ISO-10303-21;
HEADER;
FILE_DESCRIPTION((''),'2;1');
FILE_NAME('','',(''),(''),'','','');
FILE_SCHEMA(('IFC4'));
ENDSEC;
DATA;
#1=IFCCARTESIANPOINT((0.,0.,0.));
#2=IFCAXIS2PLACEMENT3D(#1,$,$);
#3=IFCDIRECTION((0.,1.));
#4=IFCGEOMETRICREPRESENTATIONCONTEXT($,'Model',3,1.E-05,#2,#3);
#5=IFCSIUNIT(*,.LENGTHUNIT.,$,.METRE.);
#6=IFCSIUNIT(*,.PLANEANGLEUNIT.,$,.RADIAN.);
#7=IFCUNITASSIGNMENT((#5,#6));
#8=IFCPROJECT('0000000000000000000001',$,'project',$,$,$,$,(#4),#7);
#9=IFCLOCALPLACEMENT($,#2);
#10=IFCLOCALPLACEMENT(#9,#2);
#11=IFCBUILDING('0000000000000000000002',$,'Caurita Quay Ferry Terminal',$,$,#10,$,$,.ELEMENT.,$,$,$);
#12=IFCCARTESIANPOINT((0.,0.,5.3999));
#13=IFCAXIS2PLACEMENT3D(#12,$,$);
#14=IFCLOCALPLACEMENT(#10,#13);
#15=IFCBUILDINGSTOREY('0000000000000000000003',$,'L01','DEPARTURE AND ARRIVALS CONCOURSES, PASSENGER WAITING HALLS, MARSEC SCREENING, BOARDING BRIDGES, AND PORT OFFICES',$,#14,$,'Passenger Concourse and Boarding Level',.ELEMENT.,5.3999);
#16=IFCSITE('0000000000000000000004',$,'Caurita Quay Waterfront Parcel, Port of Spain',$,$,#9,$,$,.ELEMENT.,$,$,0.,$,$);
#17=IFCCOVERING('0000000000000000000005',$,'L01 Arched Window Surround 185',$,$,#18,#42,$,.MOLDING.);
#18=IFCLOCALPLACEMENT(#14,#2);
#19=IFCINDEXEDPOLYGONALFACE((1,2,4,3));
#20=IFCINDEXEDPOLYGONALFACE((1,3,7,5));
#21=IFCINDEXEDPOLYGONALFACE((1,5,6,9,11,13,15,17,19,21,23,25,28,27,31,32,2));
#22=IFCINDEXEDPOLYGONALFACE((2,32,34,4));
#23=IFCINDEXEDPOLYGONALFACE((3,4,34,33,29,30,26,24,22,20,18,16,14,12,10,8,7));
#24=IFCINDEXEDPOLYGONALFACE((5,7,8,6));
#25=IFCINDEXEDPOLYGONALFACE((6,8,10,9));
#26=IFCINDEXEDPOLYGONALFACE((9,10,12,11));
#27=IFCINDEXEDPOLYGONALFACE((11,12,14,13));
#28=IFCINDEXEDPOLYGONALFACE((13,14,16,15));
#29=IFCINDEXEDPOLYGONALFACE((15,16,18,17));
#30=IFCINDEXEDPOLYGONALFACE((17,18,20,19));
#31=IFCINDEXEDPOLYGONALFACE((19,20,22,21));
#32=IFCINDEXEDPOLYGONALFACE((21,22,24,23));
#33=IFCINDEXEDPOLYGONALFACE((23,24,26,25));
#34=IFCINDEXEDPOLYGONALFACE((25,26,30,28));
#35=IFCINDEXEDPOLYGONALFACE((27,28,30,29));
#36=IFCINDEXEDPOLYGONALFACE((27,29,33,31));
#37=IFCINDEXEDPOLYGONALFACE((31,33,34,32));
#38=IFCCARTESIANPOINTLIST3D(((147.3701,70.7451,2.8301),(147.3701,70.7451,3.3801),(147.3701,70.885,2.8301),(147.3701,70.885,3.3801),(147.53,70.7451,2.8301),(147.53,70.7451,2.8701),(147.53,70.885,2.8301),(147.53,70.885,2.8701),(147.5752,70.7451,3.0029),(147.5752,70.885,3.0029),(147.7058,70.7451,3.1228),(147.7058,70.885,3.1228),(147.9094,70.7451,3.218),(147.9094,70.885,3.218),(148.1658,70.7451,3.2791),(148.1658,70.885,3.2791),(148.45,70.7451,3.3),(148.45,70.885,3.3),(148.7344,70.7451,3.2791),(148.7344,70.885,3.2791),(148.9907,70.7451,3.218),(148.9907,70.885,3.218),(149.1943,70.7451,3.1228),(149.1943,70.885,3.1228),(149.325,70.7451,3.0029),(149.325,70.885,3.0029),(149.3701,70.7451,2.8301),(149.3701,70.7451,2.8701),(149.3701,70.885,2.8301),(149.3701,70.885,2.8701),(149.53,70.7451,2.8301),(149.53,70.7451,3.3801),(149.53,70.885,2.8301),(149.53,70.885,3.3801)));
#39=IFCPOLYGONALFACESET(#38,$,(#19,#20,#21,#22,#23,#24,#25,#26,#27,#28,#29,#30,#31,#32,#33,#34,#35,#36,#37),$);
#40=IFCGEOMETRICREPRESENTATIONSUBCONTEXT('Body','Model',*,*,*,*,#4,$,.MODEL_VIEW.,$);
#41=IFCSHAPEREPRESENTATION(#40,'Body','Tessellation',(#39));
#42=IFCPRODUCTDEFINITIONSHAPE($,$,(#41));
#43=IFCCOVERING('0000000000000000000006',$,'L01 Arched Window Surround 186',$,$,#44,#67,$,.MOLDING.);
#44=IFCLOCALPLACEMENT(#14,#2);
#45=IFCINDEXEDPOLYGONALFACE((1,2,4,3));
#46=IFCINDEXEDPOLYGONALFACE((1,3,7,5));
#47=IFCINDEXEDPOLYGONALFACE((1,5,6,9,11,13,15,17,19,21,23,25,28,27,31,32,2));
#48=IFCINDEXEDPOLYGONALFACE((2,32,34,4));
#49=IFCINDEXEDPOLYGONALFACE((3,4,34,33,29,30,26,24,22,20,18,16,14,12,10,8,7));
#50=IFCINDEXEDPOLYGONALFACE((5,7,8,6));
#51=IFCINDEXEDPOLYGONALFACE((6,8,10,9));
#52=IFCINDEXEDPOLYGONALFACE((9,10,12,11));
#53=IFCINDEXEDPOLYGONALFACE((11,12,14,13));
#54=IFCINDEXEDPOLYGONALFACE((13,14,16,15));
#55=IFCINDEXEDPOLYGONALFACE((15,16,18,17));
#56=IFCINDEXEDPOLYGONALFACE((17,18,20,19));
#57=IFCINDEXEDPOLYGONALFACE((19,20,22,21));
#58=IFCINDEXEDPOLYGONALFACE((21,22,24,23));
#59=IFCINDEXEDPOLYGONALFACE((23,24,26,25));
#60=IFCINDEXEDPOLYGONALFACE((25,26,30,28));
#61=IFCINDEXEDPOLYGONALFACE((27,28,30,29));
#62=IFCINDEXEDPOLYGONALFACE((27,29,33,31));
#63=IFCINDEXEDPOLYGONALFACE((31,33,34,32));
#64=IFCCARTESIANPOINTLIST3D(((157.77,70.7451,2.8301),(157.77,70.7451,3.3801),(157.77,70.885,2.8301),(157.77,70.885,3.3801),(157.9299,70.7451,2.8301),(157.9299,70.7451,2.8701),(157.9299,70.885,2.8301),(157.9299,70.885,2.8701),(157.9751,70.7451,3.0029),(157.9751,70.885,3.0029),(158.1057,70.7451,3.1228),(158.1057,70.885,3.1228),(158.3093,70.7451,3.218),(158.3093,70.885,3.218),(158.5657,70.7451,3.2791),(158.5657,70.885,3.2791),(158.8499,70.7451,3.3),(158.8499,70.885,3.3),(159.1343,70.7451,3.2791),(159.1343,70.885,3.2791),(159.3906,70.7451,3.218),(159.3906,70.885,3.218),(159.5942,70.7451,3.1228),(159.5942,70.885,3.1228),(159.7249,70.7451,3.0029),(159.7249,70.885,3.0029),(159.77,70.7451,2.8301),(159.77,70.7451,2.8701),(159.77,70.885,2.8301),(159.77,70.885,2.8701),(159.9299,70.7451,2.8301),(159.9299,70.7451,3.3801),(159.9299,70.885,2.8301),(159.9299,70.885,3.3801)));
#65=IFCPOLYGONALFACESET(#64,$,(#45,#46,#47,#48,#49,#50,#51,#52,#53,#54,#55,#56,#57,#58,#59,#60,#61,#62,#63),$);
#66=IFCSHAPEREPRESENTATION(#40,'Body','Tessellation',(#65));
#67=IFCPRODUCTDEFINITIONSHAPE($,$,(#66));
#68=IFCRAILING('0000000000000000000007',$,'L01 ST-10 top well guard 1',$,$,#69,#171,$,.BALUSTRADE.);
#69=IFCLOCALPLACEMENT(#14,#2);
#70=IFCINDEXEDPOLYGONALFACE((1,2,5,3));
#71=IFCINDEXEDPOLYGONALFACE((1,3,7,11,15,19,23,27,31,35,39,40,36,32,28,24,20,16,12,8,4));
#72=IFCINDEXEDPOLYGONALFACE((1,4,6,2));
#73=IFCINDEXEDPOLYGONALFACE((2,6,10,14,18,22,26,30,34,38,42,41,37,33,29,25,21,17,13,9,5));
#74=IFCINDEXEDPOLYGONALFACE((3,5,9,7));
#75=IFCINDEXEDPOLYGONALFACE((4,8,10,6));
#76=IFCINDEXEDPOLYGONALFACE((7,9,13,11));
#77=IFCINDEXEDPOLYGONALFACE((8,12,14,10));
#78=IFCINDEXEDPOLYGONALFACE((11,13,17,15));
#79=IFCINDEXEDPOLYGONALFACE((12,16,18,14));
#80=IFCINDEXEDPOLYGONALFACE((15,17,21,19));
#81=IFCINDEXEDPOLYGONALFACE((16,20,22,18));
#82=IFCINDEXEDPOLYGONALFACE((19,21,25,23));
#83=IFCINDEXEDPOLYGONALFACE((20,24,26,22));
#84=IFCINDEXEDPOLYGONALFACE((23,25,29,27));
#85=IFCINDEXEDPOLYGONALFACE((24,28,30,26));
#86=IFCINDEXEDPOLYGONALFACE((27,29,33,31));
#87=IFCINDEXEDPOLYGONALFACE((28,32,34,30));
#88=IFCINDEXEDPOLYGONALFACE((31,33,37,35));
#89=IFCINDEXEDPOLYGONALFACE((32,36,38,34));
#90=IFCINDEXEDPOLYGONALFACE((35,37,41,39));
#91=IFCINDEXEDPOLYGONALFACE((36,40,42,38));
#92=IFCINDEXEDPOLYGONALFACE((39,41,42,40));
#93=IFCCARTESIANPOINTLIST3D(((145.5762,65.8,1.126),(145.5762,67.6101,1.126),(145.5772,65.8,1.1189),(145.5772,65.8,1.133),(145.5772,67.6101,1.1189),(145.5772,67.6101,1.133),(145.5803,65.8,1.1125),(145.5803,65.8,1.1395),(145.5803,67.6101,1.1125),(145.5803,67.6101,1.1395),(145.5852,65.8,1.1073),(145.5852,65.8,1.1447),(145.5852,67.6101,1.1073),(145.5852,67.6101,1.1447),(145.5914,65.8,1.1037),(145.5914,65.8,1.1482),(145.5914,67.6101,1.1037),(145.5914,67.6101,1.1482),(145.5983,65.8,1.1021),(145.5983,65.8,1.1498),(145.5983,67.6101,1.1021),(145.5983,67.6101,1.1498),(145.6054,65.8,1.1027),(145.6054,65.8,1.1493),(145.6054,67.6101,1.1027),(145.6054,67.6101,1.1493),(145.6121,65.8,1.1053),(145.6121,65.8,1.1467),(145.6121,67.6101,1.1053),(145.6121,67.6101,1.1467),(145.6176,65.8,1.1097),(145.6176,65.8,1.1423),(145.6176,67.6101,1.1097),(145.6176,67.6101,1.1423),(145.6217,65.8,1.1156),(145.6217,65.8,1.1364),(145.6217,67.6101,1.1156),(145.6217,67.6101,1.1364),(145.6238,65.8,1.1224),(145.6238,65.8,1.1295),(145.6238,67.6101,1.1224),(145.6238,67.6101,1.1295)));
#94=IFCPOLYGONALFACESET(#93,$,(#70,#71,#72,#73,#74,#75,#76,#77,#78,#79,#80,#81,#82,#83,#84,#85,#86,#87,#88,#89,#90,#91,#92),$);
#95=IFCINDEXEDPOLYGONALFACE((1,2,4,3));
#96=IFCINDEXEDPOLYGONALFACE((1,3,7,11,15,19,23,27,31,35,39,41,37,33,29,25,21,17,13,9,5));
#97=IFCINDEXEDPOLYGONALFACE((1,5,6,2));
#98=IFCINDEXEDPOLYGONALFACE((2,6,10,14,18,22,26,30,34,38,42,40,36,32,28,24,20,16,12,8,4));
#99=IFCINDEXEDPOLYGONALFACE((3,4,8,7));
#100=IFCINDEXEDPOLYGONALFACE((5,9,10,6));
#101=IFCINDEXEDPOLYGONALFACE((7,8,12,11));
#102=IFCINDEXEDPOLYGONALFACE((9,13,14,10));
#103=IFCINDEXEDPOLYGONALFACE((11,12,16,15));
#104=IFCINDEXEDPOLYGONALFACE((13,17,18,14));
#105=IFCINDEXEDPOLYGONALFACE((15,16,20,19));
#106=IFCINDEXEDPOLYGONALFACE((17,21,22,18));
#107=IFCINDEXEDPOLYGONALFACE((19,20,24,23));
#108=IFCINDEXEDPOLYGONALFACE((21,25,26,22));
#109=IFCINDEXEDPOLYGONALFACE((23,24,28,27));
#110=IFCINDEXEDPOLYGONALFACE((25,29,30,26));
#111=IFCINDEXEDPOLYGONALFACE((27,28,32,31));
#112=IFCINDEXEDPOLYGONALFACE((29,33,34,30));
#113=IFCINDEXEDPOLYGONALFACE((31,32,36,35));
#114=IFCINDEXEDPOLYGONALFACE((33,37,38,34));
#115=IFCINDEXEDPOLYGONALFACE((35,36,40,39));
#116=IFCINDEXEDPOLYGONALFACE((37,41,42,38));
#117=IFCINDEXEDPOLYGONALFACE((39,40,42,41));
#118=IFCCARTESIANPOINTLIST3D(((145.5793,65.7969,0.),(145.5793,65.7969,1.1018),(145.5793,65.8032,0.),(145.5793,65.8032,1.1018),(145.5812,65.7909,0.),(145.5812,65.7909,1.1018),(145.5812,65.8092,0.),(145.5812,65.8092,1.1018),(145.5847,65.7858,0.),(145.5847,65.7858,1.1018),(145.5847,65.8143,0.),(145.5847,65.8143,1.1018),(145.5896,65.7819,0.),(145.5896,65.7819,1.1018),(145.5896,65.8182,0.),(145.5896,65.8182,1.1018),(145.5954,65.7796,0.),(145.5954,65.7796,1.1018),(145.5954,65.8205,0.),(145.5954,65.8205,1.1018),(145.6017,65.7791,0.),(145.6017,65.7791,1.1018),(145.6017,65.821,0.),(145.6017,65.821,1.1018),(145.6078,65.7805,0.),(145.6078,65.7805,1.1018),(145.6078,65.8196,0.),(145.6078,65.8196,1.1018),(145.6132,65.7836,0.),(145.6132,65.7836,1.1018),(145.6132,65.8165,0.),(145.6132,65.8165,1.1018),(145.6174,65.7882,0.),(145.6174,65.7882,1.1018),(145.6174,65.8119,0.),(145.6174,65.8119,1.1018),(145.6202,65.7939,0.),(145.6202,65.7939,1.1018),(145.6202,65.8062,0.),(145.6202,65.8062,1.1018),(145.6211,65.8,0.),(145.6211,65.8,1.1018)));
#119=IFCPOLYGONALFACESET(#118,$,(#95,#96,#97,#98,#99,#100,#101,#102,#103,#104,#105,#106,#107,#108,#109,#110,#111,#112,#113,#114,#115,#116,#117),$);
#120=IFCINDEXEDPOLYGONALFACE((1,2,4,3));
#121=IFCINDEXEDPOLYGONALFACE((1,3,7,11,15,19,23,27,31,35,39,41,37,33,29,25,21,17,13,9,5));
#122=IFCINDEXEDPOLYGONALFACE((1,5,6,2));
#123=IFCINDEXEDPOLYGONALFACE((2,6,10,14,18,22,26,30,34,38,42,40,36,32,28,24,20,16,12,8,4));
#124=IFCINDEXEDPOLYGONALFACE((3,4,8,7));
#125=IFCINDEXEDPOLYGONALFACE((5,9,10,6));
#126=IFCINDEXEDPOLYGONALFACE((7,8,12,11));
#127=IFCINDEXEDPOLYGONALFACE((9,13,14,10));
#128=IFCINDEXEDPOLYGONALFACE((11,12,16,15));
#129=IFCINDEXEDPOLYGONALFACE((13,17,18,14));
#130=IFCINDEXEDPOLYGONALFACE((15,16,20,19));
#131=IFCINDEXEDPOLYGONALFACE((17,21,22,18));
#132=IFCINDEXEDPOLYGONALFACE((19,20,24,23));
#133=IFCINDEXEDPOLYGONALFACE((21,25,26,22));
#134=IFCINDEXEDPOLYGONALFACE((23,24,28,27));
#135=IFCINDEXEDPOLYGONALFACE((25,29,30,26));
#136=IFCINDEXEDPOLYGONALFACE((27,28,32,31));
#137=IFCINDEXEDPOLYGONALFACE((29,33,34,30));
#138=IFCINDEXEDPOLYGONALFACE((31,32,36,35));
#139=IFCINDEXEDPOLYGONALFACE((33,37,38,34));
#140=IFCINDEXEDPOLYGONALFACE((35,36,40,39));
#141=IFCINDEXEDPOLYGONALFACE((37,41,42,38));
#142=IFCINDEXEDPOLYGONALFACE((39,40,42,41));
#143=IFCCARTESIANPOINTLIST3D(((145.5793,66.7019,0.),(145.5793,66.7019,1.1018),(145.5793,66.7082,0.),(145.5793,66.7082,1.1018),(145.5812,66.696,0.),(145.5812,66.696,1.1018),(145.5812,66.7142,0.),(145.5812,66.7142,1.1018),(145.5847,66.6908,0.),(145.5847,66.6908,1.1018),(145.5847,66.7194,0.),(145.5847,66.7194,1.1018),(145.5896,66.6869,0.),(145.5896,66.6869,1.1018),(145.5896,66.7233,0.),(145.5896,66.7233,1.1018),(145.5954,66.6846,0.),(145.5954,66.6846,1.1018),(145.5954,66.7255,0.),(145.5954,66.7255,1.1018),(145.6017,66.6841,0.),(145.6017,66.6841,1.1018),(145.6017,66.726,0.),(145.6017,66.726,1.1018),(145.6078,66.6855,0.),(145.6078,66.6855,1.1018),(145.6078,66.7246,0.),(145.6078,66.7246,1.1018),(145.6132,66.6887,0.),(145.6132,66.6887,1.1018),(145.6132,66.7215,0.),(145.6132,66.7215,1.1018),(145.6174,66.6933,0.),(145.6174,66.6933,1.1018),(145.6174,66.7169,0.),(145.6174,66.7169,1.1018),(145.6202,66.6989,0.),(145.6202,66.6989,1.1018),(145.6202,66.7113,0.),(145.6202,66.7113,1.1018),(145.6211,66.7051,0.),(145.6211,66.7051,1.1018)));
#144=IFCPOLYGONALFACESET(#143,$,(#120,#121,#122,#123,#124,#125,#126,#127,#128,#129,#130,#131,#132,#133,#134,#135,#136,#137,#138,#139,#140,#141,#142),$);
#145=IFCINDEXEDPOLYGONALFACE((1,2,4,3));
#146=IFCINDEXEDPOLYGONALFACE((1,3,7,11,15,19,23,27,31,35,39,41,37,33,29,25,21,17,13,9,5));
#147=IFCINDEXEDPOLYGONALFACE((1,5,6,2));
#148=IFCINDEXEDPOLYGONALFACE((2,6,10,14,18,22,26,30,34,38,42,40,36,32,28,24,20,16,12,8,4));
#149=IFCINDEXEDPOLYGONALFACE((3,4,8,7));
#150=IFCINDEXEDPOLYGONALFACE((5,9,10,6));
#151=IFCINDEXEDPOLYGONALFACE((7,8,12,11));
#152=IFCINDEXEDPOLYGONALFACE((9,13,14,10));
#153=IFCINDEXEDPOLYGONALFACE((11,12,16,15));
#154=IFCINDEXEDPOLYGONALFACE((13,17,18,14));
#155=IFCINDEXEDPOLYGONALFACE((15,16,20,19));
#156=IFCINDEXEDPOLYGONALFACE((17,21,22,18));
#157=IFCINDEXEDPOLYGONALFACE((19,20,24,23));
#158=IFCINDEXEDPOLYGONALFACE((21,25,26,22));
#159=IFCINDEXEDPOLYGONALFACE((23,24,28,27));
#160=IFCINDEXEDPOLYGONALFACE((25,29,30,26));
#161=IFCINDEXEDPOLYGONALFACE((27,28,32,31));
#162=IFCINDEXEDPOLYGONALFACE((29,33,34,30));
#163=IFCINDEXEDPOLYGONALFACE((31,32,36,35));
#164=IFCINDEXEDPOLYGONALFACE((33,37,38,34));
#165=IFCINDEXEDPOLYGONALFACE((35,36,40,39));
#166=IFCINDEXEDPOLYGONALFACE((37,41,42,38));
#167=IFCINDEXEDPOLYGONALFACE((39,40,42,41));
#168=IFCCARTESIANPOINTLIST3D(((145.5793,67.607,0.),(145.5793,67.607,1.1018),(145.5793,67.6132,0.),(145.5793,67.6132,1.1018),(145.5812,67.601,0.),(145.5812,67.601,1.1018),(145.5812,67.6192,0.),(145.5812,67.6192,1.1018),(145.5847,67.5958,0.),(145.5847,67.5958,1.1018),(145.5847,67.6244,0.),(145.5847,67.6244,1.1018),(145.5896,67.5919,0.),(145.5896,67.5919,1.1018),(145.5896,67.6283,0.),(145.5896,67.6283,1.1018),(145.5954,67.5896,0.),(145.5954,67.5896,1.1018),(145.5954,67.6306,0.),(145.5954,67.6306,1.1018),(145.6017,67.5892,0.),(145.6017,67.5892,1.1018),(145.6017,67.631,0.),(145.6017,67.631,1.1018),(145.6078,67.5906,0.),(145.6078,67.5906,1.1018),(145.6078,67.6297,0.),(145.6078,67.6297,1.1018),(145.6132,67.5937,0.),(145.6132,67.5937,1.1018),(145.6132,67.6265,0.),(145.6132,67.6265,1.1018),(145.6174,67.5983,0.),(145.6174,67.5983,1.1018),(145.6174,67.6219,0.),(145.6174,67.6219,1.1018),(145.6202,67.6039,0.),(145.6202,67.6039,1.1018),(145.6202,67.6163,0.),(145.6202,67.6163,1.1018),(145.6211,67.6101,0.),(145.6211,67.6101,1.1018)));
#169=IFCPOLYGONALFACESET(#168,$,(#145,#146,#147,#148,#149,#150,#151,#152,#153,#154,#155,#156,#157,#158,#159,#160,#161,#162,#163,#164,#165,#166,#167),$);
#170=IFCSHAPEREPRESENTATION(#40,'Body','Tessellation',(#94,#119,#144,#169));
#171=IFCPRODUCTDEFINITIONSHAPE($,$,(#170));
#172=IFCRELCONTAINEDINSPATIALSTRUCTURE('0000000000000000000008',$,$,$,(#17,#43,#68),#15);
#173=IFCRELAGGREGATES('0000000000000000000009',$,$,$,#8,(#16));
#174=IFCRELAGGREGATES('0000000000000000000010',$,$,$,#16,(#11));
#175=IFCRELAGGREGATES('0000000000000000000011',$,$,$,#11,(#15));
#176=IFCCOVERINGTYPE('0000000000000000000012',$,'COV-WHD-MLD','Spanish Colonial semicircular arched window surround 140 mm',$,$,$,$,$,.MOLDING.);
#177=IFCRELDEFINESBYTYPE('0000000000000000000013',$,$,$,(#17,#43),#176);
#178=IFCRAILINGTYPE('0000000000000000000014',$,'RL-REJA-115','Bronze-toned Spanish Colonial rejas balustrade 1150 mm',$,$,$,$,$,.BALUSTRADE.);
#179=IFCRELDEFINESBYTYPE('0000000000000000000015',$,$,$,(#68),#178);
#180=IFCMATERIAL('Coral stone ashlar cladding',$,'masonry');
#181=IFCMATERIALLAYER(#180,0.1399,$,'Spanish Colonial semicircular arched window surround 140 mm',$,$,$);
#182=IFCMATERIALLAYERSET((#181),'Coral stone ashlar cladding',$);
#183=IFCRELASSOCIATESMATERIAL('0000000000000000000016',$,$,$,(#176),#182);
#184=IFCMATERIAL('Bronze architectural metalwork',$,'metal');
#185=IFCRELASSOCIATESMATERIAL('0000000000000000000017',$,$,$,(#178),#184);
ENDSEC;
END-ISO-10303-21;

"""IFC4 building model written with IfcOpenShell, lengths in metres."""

from ifc_helpers import new_model, si_unit, direction, frame, origin, origin_2d, place, context, subcontext, project, spatial, polyline, circle, outline, extrude, material, layer, layer_set, type_object, element, save


model = new_model("IFC4")

# Units and contexts
model_context = context("Model", 3, precision=1e-05, world=origin(), true_north=direction((0.0, 1.0)))
body_context = subcontext(model_context, "Body", "Model", "MODEL_VIEW")
ifc_project = project(units=[si_unit("LENGTHUNIT", "METRE"), si_unit("PLANEANGLEUNIT", "RADIAN")], contexts=[model_context])

# Site, building, storey
site_placement = place(None, origin())
site = spatial("IfcSite", under=ifc_project, at=site_placement, Name="Caurita Quay Waterfront Parcel, Port of Spain", CompositionType="ELEMENT", RefElevation=0.0)
building_placement = place(site_placement, origin())
building = spatial("IfcBuilding", under=site, at=building_placement, Name="Caurita Quay Ferry Terminal", CompositionType="ELEMENT")
storey_placement = place(building_placement, frame((0.0, 0.0, 5.3999)))
storey = spatial("IfcBuildingStorey", under=building, at=storey_placement, Name="L01", Description="DEPARTURE AND ARRIVALS CONCOURSES, PASSENGER WAITING HALLS, MARSEC SCREENING, BOARDING BRIDGES, AND PORT OFFICES", LongName="Passenger Concourse and Boarding Level", CompositionType="ELEMENT", Elevation=5.3999)

# Coverings
ifc_material_1 = material(Name="Coral stone ashlar cladding", Category="masonry")
ifc_layer_1 = layer(ifc_material_1, 0.1399, Name="Spanish Colonial semicircular arched window surround 140 mm")
ifc_layer_set_1 = layer_set([ifc_layer_1], Name="Coral stone ashlar cladding")
covering_type_1 = type_object("IfcCoveringType", Name="COV-WHD-MLD", Description="Spanish Colonial semicircular arched window surround 140 mm", PredefinedType="MOLDING", material=ifc_layer_set_1)
for number, where, z_axis, x_axis, name in (
    (1, (149.53, 70.8149, 2.8301), (0.0, 0.0, 1.0), (-1.0, 0.0, 0.0), "L01 Arched Window Surround 185"),
    (2, (159.9299, 70.8149, 2.8301), (0.0, 0.0, 1.0), (-1.0, 0.0, 0.0), "L01 Arched Window Surround 186"),
):
    element("IfcCovering", number, at=place(storey_placement, frame(where, z_axis=z_axis, x_axis=x_axis)), inside=storey, type_object=covering_type_1, Name=name, PredefinedType="MOLDING", context=body_context, shape_type="SweptSolid", body=[
        extrude(outline(polyline([(0.0, 0.0), (0.1599, 0.0), (0.1599, 0.04), (0.2051, 0.1729), (0.3357, 0.2927), (0.5393, 0.3879), (0.7957, 0.449), (1.0801, 0.47), (1.3643, 0.449), (1.6206, 0.3879), (1.8242, 0.2927), (1.9548, 0.1729), (2.0, 0.04), (2.0, 0.0), (2.1599, 0.0), (2.1599, 0.55), (0.0, 0.55), (0.0, 0.0)])), frame((0.0, 0.0698, 0.0), z_axis=(0.0, -1.0, 0.0), x_axis=(1.0, 0.0, 0.0)), (0.0, 0.0, 1.0), 0.1399),
    ])

# Railing
ifc_material_2 = material(Name="Bronze architectural metalwork", Category="metal")
railing_type = type_object("IfcRailingType", Name="RL-REJA-115", Description="Bronze-toned Spanish Colonial rejas balustrade 1150 mm", PredefinedType="BALUSTRADE", material=ifc_material_2)
railing_placement = place(storey_placement, frame((145.6001, 65.8, 0.0)))
element("IfcRailing", 3, at=railing_placement, inside=storey, type_object=railing_type, Name="L01 ST-10 top well guard 1", PredefinedType="BALUSTRADE", context=body_context, shape_type="SweptSolid", body=[
    extrude(circle(Radius=0.0239, at=origin_2d()), frame((0.0, 0.0, 1.126), z_axis=(0.0, 1.0, 0.0), x_axis=(-1.0, 0.0, 0.0)), (0.0, 0.0, 1.0), 1.8101),
    extrude(circle(Radius=0.021, at=origin_2d()), origin(), (0.0, 0.0, 1.0), 1.1018),
    extrude(circle(Radius=0.021, at=origin_2d()), frame((0.0, 0.905, 0.0)), (0.0, 0.0, 1.0), 1.1018),
    extrude(circle(Radius=0.021, at=origin_2d()), frame((0.0, 1.8101, 0.0)), (0.0, 0.0, 1.0), 1.1018),
])

save(model, "model.ifc")
